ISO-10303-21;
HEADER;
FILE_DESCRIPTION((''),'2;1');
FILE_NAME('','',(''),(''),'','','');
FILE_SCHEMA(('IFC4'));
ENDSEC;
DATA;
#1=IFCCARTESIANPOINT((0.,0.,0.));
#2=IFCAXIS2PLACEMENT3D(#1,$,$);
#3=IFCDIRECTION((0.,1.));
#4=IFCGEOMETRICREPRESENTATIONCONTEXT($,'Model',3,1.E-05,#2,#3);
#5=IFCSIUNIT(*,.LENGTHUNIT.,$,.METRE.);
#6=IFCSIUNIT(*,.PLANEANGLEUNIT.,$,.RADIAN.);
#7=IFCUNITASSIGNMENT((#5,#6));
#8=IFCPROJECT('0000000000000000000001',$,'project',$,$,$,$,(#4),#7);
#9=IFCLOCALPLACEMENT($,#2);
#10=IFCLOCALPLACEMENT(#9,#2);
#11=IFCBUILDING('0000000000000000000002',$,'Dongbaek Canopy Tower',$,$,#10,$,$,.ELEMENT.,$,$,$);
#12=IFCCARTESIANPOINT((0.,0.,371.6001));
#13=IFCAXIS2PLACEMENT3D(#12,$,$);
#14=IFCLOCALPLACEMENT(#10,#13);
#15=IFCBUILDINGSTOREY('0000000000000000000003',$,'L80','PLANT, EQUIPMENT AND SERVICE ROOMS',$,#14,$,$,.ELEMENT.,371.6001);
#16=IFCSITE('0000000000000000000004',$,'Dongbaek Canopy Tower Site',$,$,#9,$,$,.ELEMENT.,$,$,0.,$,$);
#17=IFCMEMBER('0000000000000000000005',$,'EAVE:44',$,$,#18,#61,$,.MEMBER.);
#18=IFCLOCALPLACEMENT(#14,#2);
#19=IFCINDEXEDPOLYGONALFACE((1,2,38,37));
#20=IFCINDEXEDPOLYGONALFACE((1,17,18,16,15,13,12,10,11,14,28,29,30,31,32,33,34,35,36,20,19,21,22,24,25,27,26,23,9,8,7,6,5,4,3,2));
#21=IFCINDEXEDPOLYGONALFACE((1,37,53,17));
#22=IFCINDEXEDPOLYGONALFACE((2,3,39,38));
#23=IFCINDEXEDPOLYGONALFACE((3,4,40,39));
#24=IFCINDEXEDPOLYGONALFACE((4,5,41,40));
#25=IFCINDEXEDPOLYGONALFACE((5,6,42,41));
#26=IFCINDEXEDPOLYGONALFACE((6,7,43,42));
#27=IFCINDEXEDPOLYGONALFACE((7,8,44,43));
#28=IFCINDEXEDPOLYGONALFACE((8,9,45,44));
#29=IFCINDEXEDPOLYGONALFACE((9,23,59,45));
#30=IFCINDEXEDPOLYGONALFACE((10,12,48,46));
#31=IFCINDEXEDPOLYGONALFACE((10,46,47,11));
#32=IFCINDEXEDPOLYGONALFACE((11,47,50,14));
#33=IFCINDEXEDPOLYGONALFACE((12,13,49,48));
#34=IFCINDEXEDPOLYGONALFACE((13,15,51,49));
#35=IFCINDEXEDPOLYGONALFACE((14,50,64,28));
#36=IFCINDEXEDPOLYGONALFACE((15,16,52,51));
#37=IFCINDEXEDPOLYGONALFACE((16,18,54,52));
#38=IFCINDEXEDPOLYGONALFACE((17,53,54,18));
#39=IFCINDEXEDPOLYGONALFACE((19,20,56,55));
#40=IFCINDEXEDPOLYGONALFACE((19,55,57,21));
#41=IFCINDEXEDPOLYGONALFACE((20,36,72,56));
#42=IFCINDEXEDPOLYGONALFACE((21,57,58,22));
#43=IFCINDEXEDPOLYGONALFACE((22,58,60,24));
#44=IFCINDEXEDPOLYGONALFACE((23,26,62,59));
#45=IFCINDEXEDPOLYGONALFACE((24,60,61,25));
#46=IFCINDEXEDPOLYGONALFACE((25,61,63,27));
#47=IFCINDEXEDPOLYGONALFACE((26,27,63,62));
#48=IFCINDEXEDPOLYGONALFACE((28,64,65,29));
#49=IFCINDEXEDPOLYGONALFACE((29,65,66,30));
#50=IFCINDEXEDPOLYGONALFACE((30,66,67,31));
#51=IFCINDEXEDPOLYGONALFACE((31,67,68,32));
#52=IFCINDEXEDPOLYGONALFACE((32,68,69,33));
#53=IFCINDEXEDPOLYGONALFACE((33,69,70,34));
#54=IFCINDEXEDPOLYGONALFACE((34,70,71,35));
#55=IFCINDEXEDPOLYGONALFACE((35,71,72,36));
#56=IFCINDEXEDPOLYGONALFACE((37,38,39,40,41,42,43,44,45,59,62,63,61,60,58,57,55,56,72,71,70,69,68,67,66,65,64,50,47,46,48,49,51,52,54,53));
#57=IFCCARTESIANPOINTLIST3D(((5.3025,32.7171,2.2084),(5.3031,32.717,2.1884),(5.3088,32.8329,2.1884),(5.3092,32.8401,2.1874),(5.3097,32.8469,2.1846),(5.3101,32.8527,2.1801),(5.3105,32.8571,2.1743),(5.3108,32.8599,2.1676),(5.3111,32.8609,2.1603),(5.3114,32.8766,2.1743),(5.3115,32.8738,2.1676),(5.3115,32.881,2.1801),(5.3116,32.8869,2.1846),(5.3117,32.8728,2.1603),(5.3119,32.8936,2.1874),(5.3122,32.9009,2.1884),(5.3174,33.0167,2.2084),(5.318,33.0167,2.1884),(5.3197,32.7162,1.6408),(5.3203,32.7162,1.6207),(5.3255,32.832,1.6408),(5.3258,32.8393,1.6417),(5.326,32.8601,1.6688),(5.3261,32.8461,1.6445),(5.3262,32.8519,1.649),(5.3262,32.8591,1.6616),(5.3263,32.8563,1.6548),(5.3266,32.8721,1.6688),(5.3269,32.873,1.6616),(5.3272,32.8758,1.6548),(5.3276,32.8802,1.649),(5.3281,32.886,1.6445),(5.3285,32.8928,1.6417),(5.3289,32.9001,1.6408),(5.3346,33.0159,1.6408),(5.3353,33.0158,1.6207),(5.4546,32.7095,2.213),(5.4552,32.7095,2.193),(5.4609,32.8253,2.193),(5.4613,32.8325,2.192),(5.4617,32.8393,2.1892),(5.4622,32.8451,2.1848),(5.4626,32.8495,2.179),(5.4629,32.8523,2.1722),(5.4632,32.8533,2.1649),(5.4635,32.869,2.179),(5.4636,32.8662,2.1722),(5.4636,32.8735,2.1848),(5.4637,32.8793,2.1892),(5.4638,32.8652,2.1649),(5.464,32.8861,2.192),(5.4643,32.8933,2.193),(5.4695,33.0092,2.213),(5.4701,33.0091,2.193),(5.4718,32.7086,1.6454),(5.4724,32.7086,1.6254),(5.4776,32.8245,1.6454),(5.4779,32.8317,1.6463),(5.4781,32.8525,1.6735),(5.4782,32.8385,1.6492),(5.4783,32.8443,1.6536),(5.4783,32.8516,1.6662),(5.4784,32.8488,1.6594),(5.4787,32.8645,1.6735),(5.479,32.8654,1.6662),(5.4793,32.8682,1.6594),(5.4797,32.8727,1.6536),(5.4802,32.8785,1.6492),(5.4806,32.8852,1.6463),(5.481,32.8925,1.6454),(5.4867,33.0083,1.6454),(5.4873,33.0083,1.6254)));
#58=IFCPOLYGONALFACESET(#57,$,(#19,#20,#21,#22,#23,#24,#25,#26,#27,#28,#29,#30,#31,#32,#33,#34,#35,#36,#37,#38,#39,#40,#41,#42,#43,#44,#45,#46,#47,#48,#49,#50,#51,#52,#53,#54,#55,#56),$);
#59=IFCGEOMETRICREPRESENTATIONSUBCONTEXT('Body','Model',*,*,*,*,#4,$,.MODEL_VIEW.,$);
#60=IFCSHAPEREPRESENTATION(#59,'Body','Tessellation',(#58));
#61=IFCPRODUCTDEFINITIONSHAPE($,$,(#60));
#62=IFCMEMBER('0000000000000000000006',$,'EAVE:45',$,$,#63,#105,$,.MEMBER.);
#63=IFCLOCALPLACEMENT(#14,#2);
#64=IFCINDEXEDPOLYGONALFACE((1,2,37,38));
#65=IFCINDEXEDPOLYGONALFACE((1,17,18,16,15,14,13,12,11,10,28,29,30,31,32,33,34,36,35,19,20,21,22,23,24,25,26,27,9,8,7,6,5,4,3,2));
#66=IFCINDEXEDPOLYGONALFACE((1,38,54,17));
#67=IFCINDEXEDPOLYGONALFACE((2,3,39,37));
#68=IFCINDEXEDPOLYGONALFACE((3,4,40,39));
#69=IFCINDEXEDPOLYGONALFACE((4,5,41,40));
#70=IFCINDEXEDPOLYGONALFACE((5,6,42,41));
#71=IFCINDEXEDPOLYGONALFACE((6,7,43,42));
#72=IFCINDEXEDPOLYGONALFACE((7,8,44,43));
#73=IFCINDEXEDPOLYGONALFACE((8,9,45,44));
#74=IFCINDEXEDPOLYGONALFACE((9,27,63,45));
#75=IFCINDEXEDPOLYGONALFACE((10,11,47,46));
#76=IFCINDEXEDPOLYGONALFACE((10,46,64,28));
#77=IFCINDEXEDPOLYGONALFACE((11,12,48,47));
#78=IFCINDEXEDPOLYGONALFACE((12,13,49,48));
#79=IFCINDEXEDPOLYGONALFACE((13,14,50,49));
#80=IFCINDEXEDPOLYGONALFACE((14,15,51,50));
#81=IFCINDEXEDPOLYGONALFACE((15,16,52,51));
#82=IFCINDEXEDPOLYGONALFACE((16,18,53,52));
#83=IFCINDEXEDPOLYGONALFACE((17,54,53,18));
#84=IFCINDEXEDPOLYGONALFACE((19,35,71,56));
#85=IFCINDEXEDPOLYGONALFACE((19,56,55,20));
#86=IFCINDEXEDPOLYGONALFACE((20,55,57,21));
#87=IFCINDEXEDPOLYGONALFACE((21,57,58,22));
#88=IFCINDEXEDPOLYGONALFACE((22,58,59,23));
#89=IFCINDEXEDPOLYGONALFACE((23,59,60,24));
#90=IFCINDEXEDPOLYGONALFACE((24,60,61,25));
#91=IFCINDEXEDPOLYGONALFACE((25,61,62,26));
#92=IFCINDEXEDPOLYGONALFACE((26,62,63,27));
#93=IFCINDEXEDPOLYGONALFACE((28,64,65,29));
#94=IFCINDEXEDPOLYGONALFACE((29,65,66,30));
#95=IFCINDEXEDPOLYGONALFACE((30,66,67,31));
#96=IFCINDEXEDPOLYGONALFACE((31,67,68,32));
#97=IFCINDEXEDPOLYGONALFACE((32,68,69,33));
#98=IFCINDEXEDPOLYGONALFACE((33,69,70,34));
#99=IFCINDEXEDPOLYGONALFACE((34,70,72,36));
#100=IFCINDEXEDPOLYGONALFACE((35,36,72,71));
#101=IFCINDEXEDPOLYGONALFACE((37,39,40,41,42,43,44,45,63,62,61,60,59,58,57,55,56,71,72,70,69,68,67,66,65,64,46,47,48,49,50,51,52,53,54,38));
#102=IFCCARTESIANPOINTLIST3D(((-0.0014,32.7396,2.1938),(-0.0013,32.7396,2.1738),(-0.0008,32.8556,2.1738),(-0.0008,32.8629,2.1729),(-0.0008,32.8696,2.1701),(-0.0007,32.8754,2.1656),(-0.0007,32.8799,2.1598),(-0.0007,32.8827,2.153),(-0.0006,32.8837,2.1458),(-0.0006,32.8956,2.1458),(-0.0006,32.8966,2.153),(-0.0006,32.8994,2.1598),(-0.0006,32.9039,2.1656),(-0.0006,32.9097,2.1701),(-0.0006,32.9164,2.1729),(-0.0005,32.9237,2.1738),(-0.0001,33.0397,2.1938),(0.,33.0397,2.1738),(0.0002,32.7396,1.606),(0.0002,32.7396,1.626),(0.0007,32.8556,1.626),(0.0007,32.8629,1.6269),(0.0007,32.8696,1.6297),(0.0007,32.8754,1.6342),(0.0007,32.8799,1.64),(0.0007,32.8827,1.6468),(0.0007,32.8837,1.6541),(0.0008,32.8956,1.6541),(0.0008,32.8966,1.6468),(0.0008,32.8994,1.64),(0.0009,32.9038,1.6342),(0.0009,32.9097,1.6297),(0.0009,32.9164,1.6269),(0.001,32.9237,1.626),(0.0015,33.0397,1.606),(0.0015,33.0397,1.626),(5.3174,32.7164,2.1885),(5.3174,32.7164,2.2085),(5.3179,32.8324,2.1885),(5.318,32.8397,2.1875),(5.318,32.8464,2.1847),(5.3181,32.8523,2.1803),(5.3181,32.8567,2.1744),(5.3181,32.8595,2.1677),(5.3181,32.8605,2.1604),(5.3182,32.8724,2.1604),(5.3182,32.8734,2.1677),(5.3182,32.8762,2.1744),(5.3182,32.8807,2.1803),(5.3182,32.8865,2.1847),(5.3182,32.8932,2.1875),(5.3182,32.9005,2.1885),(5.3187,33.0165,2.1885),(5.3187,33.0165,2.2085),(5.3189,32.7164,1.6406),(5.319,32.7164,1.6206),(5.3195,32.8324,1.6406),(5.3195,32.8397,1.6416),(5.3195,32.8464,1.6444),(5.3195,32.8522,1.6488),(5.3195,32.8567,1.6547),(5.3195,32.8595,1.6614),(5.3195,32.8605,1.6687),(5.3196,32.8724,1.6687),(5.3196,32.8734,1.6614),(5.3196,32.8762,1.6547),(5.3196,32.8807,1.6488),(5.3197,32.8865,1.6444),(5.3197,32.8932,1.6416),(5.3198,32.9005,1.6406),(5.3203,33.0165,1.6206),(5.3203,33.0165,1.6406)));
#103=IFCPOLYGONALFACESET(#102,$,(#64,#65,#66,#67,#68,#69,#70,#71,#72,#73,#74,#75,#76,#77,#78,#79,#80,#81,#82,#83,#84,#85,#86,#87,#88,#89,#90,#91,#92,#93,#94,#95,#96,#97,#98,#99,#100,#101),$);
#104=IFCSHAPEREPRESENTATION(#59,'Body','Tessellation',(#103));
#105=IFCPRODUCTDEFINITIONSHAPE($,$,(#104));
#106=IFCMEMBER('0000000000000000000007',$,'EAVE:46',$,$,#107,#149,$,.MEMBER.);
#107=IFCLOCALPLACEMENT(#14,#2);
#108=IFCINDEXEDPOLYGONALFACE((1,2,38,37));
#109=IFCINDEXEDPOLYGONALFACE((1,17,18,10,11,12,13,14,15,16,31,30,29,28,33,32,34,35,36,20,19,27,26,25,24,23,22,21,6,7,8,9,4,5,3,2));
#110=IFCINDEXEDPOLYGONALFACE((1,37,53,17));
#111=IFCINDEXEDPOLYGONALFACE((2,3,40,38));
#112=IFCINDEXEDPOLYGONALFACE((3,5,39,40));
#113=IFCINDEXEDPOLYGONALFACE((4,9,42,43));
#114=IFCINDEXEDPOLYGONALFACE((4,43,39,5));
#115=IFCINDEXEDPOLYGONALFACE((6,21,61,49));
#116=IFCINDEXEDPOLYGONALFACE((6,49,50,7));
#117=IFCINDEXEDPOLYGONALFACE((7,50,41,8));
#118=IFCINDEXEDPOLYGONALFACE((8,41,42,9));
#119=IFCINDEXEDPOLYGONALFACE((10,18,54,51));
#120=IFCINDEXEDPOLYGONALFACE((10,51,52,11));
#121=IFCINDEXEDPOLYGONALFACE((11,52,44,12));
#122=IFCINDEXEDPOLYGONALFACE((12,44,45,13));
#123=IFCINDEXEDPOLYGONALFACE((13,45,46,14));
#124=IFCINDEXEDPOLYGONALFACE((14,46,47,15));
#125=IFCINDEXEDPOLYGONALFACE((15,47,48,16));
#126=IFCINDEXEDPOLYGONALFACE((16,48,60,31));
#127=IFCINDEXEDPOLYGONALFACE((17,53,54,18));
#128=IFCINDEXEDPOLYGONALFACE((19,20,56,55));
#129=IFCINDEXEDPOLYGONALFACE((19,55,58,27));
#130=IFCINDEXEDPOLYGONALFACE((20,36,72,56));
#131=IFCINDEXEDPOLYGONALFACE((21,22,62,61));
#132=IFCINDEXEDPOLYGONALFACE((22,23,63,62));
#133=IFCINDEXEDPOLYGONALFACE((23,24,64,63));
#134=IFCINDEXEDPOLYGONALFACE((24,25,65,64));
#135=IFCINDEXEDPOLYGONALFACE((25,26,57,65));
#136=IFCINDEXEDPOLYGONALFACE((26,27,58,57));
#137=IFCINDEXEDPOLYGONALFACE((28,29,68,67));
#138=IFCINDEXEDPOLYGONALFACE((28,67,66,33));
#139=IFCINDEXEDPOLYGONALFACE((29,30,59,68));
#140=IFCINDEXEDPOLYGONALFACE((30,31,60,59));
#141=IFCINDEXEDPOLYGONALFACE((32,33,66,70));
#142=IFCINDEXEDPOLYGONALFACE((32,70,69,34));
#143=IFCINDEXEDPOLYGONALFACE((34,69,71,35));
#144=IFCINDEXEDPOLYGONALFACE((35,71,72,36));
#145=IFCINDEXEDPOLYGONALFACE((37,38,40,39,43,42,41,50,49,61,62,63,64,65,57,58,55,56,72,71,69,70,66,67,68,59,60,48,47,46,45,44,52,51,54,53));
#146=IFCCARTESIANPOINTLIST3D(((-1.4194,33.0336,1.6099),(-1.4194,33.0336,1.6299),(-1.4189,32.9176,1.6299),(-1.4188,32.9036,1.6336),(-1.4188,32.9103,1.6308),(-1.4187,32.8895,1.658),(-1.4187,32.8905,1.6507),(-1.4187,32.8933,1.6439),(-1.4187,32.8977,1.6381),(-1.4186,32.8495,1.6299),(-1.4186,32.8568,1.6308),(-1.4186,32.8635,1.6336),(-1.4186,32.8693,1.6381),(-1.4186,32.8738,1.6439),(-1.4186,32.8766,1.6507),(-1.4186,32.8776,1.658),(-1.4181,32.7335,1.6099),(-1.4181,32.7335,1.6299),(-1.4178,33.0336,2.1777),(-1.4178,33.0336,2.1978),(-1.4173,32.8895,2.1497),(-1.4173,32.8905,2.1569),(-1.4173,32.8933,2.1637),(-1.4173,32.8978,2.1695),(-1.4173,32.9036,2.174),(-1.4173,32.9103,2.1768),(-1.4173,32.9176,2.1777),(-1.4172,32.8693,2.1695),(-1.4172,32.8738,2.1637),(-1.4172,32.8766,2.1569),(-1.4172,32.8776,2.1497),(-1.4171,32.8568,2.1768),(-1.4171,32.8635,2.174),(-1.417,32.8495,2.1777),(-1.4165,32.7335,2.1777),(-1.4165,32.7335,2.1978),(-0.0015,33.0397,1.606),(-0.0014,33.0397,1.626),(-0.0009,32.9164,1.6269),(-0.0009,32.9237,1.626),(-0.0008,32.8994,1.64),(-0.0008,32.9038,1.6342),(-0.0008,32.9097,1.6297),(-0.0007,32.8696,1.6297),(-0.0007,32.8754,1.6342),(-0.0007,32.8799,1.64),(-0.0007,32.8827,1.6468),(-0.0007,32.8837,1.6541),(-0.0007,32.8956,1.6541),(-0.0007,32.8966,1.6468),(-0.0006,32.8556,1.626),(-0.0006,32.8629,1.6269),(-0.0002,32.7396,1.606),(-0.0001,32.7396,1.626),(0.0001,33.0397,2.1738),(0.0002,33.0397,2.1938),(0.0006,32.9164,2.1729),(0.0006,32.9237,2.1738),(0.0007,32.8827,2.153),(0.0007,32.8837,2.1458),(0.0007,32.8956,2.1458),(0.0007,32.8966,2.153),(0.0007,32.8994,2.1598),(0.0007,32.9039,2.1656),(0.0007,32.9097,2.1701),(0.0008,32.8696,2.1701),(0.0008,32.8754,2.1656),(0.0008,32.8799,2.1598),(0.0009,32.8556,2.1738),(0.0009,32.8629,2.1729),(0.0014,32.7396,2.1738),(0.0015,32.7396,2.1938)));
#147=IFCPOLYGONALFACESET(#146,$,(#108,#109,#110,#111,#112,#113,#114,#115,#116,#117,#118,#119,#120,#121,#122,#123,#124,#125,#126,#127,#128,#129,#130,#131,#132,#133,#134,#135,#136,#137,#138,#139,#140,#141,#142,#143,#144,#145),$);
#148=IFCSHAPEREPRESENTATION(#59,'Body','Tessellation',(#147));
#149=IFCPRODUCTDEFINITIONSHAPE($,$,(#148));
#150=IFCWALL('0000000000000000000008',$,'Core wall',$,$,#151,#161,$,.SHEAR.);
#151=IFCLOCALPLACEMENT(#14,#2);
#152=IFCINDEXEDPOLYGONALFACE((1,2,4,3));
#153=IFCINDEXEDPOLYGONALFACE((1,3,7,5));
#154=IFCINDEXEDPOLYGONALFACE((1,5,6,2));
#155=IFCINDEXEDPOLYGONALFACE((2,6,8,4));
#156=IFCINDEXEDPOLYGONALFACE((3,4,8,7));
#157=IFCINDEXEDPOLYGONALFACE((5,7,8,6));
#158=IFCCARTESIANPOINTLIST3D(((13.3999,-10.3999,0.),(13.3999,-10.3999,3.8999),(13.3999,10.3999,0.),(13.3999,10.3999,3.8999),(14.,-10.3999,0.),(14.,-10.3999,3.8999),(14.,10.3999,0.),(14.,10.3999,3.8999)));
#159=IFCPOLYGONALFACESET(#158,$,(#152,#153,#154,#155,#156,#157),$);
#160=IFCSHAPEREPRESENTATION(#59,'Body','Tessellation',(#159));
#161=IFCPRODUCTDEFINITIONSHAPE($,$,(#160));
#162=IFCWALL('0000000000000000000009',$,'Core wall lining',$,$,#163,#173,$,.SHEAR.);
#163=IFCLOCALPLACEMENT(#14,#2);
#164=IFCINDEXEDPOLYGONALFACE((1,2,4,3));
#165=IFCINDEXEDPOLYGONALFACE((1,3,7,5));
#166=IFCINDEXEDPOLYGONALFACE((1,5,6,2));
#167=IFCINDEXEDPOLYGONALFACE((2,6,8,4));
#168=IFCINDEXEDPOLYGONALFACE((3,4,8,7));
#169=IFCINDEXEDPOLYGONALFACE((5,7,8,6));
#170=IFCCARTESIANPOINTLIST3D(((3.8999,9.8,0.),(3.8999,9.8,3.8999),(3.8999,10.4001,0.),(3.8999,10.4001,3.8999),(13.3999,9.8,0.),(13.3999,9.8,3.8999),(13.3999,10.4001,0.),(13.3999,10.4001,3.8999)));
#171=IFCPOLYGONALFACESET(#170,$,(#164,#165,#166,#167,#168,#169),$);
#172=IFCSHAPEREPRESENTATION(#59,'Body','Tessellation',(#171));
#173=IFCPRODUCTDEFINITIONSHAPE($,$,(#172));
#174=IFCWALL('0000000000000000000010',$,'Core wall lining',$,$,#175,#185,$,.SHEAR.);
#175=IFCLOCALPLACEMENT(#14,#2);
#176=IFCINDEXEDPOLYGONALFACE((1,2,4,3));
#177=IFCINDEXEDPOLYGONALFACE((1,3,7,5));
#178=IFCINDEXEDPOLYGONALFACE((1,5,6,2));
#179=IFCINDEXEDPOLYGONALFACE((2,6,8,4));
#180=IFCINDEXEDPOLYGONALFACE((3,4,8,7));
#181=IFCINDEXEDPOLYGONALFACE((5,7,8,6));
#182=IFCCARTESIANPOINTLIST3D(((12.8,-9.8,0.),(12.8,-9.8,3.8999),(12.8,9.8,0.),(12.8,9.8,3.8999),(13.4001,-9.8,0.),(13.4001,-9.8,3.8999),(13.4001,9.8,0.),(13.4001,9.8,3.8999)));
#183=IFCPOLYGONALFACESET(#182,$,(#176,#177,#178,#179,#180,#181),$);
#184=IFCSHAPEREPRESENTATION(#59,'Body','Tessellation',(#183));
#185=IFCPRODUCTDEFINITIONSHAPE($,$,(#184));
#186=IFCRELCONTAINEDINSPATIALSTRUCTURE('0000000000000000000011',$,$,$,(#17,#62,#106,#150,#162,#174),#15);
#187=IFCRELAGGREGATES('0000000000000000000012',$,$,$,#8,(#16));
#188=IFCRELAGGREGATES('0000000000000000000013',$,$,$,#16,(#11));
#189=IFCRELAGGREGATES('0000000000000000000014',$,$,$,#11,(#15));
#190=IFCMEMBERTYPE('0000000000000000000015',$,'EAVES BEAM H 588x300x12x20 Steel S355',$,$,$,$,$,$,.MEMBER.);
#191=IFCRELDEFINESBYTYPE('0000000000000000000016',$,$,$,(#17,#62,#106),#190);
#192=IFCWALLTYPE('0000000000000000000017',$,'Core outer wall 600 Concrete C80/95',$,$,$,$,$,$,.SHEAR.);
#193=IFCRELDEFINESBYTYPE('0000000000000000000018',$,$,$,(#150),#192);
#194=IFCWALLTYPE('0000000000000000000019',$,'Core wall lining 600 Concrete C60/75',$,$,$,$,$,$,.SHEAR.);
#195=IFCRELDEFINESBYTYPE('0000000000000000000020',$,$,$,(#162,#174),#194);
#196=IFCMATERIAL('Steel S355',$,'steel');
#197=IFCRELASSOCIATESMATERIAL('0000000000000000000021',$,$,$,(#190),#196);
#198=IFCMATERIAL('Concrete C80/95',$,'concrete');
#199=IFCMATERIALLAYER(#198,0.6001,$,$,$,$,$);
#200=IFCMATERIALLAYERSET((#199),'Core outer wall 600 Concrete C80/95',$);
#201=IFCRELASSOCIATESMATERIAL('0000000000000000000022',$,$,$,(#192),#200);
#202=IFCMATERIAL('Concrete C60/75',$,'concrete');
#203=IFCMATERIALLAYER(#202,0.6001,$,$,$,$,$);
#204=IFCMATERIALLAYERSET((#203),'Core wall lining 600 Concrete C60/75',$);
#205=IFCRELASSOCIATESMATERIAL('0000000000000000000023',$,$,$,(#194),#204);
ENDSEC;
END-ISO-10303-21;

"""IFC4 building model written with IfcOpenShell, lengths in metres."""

from ifc_helpers import new_model, si_unit, direction, frame, frame_2d, origin, origin_2d, place, context, subcontext, project, spatial, rectangle, i_section, extrude, material, layer, layer_set, material_profile, profile_set, type_object, element, save


model = new_model("IFC4")

# Units and contexts
model_context = context("Model", 3, precision=1e-05, world=origin(), true_north=direction((0.0, 1.0)))
body_context = subcontext(model_context, "Body", "Model", "MODEL_VIEW")
ifc_project = project(units=[si_unit("LENGTHUNIT", "METRE"), si_unit("PLANEANGLEUNIT", "RADIAN")], contexts=[model_context])

# Site, building, storey
site_placement = place(None, origin())
site = spatial("IfcSite", under=ifc_project, at=site_placement, Name="Dongbaek Canopy Tower Site", CompositionType="ELEMENT", RefElevation=0.0)
building_placement = place(site_placement, origin())
building = spatial("IfcBuilding", under=site, at=building_placement, Name="Dongbaek Canopy Tower", CompositionType="ELEMENT")
storey_placement = place(building_placement, frame((0.0, 0.0, 371.6001)))
storey = spatial("IfcBuildingStorey", under=building, at=storey_placement, Name="L80", Description="PLANT, EQUIPMENT AND SERVICE ROOMS", CompositionType="ELEMENT", Elevation=371.6001)

# Members
ifc_material_1 = material(Name="Steel S355", Category="steel")
ifc_material_profile_1 = material_profile(ifc_material_1, i_section(OverallWidth=0.3, OverallDepth=0.5879, WebThickness=0.012, FlangeThickness=0.02, FilletRadius=0.0281, at=origin_2d()), Name="EAVES BEAM H 588x300x12x20 Steel S355")
ifc_profile_set_1 = profile_set([ifc_material_profile_1], Name="Steel S355")
member_type_1 = type_object("IfcMemberType", Name="EAVES BEAM H 588x300x12x20 Steel S355", PredefinedType="MEMBER", material=ifc_profile_set_1)
member_1_placement = place(storey_placement, frame((5.4709, 32.8589, 1.9192), z_axis=(-0.998301, 0.049675, -0.030446), x_axis=(-0.049698, -0.998764, 0.0)))
element("IfcMember", 1, at=member_1_placement, inside=storey, type_object=member_type_1, Name="EAVE:44", PredefinedType="MEMBER", context=body_context, shape_type="SweptSolid", body=[
    extrude(i_section(OverallWidth=0.3, OverallDepth=0.5879, WebThickness=0.012, FlangeThickness=0.02, FilletRadius=0.0281, at=origin_2d()), origin(), (0.0, 0.0, 1.0), 0.1523),
])
member_2_placement = place(storey_placement, frame((5.3188, 32.8665, 1.9146), z_axis=(-0.999987, 0.004361, -0.002754), x_axis=(-0.004361, -0.99999, 0.0)))
element("IfcMember", 2, at=member_2_placement, inside=storey, type_object=member_type_1, Name="EAVE:45", PredefinedType="MEMBER", context=body_context, shape_type="SweptSolid", body=[
    extrude(i_section(OverallWidth=0.3, OverallDepth=0.5879, WebThickness=0.012, FlangeThickness=0.02, FilletRadius=0.0281, at=origin_2d()), origin(), (0.0, 0.0, 1.0), 5.3188),
])
member_3_placement = place(storey_placement, frame((0.0, 32.8896, 1.8999), z_axis=(-0.999987, -0.004304, 0.002755), x_axis=(0.004304, -0.999991, 0.0)))
element("IfcMember", 3, at=member_3_placement, inside=storey, type_object=member_type_1, Name="EAVE:46", PredefinedType="MEMBER", context=body_context, shape_type="SweptSolid", body=[
    extrude(i_section(OverallWidth=0.3, OverallDepth=0.5879, WebThickness=0.012, FlangeThickness=0.02, FilletRadius=0.0281, at=origin_2d()), origin(), (0.0, 0.0, 1.0), 1.418),
])

# Walls
ifc_material_2 = material(Name="Concrete C80/95", Category="concrete")
ifc_layer_1 = layer(ifc_material_2, 0.6001)
ifc_layer_set_1 = layer_set([ifc_layer_1], Name="Core outer wall 600 Concrete C80/95")
wall_type_1 = type_object("IfcWallType", Name="Core outer wall 600 Concrete C80/95", PredefinedType="SHEAR", material=ifc_layer_set_1)
wall_1_placement = place(storey_placement, frame((13.7, 10.3999, 0.0), z_axis=(0.0, 0.0, 1.0), x_axis=(0.0, -1.0, 0.0)))
element("IfcWall", 4, at=wall_1_placement, inside=storey, type_object=wall_type_1, Name="Core wall", PredefinedType="SHEAR", context=body_context, shape_type="SweptSolid", body=[
    extrude(rectangle(XDim=20.7998, YDim=0.6001, at=frame_2d((10.3999, 0.0))), origin(), (0.0, 0.0, 1.0), 3.8999),
])
ifc_material_3 = material(Name="Concrete C60/75", Category="concrete")
ifc_layer_2 = layer(ifc_material_3, 0.6001)
ifc_layer_set_2 = layer_set([ifc_layer_2], Name="Core wall lining 600 Concrete C60/75")
wall_type_2 = type_object("IfcWallType", Name="Core wall lining 600 Concrete C60/75", PredefinedType="SHEAR", material=ifc_layer_set_2)
wall_2_placement = place(storey_placement, frame((3.8999, 10.1001, 0.0), z_axis=(0.0, 0.0, 1.0), x_axis=(1.0, 0.0, 0.0)))
element("IfcWall", 5, at=wall_2_placement, inside=storey, type_object=wall_type_2, Name="Core wall lining", PredefinedType="SHEAR", context=body_context, shape_type="SweptSolid", body=[
    extrude(rectangle(XDim=9.5, YDim=0.6001, at=frame_2d((4.75, 0.0))), origin(), (0.0, 0.0, 1.0), 3.8999),
])
wall_3_placement = place(storey_placement, frame((13.1001, 9.8, 0.0), z_axis=(0.0, 0.0, 1.0), x_axis=(0.0, -1.0, 0.0)))
element("IfcWall", 6, at=wall_3_placement, inside=storey, type_object=wall_type_2, Name="Core wall lining", PredefinedType="SHEAR", context=body_context, shape_type="SweptSolid", body=[
    extrude(rectangle(XDim=19.6001, YDim=0.6001, at=frame_2d((9.8, 0.0))), origin(), (0.0, 0.0, 1.0), 3.8999),
])

save(model, "model.ifc")
